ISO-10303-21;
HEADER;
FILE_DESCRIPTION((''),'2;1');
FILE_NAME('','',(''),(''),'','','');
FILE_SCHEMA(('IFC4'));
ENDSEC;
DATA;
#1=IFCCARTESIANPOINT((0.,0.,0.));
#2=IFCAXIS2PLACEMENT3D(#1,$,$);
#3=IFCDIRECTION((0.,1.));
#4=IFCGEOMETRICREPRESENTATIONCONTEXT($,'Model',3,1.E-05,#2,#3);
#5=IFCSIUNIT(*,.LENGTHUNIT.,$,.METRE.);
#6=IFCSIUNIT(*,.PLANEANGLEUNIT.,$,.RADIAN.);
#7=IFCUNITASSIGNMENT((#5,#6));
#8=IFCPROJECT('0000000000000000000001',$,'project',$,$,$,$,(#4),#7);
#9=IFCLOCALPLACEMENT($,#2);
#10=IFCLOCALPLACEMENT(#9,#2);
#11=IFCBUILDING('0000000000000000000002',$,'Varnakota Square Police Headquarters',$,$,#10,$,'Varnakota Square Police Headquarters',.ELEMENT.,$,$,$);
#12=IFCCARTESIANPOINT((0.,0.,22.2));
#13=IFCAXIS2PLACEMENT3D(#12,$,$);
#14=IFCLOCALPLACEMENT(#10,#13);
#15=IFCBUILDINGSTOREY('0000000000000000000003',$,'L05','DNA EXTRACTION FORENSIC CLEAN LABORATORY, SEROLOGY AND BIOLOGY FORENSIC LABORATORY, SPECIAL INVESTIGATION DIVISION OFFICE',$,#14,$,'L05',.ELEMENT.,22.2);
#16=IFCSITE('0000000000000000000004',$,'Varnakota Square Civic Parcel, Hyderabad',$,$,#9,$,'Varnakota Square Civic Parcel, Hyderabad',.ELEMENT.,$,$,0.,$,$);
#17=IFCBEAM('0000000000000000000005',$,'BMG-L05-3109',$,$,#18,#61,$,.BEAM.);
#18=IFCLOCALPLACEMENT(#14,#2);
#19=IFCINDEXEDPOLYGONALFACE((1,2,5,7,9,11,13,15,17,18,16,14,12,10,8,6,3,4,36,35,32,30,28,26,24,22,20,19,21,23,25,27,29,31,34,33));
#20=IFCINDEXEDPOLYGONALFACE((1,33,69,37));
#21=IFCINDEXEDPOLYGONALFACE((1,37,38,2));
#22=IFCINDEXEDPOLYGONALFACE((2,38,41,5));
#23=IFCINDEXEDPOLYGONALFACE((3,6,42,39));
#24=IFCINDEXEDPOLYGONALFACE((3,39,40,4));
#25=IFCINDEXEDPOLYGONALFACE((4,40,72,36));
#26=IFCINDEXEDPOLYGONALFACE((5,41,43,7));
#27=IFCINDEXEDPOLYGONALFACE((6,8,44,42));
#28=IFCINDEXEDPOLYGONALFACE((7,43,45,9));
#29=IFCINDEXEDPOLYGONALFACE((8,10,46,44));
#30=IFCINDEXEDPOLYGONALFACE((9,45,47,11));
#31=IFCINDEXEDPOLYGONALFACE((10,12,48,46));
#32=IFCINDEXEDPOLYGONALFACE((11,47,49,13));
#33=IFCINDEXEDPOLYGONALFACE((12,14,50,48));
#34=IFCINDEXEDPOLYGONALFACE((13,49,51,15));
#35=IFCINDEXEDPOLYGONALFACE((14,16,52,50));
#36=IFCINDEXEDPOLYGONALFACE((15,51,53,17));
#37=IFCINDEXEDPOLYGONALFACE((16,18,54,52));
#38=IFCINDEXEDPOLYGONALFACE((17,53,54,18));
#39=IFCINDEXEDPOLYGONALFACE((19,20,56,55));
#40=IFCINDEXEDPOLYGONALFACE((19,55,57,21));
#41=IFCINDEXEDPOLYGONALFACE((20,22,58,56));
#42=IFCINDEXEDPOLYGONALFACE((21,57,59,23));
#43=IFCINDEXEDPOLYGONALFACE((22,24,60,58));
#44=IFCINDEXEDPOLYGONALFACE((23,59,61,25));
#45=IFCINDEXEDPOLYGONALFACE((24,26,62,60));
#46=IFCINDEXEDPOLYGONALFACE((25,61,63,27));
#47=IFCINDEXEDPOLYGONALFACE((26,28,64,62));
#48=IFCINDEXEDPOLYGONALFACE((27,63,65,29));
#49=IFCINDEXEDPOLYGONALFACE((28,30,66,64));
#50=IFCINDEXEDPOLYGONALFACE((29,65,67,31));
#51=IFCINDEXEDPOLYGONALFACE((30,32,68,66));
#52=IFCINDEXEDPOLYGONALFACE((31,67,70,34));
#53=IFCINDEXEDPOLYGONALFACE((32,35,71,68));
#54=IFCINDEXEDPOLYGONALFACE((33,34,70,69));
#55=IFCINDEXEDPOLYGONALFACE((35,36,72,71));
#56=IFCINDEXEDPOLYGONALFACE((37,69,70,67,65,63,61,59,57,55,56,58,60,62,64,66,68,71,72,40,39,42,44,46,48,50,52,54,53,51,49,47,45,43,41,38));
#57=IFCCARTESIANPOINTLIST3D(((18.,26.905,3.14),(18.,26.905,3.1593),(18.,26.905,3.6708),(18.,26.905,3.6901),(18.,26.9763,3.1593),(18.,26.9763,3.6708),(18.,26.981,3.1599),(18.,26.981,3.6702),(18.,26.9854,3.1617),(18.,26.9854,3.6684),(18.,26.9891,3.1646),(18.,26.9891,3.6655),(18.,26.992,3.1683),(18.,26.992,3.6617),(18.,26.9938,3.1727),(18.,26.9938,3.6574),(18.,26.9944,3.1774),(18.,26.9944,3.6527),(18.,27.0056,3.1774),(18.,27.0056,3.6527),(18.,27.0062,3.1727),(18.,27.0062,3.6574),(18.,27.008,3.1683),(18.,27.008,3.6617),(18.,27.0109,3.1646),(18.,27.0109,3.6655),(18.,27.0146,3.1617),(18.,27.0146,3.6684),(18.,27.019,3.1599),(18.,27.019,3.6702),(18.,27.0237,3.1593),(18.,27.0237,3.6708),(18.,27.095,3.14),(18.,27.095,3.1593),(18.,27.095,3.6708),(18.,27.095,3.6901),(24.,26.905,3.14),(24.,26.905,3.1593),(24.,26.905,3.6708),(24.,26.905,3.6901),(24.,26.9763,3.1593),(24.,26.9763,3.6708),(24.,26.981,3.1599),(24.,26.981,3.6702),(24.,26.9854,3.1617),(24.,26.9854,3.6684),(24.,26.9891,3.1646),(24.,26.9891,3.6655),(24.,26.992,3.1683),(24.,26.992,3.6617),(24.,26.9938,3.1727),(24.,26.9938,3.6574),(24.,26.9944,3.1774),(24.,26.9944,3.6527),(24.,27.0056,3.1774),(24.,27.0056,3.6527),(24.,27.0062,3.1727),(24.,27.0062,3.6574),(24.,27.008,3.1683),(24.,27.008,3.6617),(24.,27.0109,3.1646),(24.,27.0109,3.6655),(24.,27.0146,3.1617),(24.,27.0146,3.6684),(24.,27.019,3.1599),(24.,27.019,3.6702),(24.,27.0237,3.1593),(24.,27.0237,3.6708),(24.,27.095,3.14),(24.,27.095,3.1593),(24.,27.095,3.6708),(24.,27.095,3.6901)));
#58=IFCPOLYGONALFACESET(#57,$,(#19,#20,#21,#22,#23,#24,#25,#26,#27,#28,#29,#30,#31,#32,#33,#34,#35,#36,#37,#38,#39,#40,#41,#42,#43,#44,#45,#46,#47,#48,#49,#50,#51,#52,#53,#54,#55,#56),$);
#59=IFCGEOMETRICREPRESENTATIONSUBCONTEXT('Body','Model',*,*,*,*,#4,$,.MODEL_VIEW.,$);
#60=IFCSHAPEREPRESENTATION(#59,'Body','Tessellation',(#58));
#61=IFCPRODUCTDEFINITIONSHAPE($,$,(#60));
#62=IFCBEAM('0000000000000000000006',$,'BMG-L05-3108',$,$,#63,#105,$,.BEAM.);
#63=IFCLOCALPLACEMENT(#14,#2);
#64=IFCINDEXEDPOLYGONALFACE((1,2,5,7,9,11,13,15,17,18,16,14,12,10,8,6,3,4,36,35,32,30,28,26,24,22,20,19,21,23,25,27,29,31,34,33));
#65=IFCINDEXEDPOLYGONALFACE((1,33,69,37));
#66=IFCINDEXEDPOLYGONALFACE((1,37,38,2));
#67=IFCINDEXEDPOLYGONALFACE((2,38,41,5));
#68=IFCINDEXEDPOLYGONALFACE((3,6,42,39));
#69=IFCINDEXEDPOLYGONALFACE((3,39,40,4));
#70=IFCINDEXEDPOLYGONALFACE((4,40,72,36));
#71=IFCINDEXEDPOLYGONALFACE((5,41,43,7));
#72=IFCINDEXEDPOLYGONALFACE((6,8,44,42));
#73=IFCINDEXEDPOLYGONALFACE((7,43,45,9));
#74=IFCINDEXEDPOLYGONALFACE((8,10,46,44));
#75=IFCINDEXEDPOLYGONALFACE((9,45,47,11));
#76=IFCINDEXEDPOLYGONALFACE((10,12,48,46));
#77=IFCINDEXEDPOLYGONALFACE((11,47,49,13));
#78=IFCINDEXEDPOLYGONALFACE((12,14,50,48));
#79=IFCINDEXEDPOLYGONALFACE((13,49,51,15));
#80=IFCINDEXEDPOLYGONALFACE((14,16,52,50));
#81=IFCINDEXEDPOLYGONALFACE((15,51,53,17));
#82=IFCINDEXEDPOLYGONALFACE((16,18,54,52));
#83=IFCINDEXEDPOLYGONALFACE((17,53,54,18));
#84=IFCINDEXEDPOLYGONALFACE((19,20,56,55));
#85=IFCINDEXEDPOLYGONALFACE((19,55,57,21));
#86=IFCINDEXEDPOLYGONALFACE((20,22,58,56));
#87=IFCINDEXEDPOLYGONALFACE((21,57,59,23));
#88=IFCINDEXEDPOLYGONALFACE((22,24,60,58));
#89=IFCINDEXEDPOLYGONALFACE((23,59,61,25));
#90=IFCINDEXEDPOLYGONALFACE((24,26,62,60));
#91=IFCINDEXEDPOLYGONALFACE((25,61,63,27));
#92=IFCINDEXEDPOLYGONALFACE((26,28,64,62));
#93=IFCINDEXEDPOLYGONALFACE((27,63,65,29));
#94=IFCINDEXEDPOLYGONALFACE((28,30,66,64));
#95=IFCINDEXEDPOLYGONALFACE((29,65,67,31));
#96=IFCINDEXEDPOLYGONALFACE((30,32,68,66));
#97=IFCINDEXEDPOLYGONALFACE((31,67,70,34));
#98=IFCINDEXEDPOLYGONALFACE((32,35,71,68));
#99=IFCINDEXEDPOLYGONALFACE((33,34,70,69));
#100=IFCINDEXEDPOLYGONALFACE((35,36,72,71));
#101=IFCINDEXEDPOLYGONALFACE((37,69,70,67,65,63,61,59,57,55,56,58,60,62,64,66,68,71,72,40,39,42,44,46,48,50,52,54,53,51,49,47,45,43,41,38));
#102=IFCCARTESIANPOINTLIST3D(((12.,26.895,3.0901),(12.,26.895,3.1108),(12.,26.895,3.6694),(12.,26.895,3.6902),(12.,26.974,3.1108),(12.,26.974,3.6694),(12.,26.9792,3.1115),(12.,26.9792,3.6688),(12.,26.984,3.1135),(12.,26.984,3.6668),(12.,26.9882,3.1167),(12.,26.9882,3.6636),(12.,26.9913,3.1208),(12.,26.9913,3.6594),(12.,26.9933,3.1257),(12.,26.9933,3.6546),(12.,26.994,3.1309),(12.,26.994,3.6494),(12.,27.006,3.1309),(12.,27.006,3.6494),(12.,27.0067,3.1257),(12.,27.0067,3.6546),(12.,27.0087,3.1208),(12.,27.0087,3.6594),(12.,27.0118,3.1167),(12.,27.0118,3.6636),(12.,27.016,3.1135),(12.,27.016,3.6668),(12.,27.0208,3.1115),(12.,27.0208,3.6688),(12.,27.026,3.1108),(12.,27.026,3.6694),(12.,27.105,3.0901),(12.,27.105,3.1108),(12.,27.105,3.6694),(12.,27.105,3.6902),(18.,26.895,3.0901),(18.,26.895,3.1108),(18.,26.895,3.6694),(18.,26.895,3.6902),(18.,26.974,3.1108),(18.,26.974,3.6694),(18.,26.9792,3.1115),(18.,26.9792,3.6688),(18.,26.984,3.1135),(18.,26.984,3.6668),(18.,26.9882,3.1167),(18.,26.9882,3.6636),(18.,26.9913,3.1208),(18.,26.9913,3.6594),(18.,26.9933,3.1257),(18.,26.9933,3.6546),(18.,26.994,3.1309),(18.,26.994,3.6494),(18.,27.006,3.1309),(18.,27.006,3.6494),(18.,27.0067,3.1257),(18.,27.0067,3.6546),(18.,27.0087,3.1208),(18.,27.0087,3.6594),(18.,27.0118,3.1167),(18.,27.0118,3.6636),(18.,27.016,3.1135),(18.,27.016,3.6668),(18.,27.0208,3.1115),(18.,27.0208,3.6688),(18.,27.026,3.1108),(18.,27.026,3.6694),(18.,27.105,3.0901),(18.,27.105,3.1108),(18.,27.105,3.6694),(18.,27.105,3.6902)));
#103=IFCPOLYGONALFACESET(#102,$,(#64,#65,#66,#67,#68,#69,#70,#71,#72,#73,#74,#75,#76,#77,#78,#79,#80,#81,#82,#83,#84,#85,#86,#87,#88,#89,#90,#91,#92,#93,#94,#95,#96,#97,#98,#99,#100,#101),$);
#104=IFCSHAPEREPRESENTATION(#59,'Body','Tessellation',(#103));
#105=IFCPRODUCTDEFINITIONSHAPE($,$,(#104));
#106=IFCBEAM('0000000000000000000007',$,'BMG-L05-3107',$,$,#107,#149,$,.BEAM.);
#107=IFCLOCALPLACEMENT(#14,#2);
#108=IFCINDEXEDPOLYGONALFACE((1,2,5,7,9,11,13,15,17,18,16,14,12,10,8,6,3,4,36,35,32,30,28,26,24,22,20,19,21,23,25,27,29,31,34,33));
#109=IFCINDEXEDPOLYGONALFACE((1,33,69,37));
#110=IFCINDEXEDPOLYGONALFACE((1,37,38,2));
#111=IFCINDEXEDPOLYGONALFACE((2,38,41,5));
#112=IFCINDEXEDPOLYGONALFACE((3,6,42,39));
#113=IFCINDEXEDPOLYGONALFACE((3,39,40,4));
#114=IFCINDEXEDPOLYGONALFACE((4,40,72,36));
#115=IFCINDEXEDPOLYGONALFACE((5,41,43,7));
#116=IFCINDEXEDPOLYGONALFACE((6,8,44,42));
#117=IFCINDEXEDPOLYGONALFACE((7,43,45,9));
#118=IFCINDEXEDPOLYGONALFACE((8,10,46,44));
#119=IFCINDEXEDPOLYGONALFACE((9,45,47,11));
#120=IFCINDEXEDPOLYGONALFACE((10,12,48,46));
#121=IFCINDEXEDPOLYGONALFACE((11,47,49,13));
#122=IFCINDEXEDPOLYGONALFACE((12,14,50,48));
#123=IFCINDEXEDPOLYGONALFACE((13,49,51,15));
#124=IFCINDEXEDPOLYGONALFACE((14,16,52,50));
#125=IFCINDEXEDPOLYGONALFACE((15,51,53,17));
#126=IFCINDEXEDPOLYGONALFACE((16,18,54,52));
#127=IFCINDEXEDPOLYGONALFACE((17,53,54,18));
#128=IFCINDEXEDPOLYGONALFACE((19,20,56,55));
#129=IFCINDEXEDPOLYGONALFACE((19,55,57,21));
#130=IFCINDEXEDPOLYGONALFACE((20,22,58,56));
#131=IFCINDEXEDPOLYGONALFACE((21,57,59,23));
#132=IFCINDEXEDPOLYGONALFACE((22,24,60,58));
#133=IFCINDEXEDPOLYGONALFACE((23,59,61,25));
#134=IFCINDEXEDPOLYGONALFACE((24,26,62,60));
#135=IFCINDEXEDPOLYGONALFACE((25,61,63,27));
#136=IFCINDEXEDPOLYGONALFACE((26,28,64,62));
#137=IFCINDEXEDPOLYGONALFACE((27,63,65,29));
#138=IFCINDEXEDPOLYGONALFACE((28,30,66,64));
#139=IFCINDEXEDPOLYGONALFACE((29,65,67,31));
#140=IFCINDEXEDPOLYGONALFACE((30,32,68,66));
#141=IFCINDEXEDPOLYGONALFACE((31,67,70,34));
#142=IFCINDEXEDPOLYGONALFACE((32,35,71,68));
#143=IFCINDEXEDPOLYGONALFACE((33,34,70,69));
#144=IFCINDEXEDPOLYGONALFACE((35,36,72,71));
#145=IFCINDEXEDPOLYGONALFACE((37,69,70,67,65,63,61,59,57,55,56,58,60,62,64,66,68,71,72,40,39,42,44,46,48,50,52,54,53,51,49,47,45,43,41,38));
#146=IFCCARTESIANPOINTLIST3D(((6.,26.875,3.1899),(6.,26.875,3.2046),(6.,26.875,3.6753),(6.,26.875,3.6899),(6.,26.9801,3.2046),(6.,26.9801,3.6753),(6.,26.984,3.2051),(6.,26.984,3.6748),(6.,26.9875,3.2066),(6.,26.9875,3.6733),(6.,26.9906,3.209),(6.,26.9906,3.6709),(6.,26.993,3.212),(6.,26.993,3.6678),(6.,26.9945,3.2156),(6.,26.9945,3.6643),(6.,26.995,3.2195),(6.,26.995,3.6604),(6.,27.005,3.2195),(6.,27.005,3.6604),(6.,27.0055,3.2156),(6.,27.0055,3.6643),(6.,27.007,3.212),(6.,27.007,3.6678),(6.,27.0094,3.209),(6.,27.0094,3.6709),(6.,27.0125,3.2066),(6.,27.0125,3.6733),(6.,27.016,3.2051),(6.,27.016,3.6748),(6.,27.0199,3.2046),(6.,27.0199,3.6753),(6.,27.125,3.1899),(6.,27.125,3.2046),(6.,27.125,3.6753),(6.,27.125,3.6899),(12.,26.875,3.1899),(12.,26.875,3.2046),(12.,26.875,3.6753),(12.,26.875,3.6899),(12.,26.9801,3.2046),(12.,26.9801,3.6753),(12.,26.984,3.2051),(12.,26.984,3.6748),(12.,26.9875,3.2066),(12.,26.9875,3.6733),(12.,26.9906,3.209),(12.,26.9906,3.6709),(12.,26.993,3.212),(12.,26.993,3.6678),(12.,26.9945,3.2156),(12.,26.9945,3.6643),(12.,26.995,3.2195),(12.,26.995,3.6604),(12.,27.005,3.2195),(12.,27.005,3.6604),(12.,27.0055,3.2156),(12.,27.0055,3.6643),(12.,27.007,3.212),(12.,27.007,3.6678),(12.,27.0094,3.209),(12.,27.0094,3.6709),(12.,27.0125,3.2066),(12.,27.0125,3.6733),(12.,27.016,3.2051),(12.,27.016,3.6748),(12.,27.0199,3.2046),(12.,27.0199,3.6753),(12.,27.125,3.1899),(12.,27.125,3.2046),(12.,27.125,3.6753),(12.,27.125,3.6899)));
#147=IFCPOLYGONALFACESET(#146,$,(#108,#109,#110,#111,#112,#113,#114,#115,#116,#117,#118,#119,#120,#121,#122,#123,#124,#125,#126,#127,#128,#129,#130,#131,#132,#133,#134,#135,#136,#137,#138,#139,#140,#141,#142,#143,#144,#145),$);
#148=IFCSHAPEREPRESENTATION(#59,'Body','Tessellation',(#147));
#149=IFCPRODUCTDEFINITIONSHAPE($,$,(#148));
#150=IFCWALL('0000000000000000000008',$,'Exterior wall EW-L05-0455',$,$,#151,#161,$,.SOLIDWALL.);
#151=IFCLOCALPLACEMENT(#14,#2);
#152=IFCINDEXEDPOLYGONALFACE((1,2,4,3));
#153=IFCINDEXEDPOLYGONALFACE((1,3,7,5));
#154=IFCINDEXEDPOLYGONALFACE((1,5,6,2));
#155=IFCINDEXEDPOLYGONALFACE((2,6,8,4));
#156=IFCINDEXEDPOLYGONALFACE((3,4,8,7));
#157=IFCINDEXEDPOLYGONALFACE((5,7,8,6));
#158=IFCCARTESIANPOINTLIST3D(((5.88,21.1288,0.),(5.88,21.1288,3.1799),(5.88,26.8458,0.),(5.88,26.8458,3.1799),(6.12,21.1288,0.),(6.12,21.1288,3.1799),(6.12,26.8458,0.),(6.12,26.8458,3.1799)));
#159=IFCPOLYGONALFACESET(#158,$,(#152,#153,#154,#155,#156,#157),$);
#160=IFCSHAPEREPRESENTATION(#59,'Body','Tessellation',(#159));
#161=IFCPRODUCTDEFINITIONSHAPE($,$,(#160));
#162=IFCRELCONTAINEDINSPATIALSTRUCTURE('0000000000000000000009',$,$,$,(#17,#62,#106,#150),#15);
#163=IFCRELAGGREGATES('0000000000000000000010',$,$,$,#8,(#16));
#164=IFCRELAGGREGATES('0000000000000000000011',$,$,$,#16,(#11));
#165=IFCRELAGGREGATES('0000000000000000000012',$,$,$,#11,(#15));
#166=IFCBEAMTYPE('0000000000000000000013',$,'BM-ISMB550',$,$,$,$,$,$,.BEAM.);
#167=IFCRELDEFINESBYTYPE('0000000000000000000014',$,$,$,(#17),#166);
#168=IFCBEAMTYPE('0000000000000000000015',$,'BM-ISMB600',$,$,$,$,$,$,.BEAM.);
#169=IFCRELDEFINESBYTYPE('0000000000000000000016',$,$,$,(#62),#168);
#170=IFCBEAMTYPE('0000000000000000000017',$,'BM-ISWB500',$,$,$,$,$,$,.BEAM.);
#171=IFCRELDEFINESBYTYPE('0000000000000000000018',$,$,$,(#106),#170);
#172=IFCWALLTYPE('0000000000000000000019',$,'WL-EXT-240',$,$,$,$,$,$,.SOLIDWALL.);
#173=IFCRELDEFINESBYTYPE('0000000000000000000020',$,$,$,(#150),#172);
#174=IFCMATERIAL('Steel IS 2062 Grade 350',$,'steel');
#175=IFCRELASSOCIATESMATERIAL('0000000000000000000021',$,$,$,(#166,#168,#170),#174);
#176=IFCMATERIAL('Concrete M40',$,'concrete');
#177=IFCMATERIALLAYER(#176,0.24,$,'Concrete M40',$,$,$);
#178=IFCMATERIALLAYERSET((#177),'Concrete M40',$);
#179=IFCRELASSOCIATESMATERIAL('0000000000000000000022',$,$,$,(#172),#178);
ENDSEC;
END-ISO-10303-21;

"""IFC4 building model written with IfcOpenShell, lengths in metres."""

from ifc_helpers import new_model, si_unit, direction, frame, frame_2d, origin, origin_2d, place, context, subcontext, project, spatial, rectangle, i_section, extrude, material, layer, layer_set, material_profile, profile_set, type_object, element, save


model = new_model("IFC4")

# Units and contexts
model_context = context("Model", 3, precision=1e-05, world=origin(), true_north=direction((0.0, 1.0)))
body_context = subcontext(model_context, "Body", "Model", "MODEL_VIEW")
ifc_project = project(units=[si_unit("LENGTHUNIT", "METRE"), si_unit("PLANEANGLEUNIT", "RADIAN")], contexts=[model_context])

# Site, building, storey
site_placement = place(None, origin())
site = spatial("IfcSite", under=ifc_project, at=site_placement, Name="Varnakota Square Civic Parcel, Hyderabad", LongName="Varnakota Square Civic Parcel, Hyderabad", CompositionType="ELEMENT", RefElevation=0.0)
building_placement = place(site_placement, origin())
building = spatial("IfcBuilding", under=site, at=building_placement, Name="Varnakota Square Police Headquarters", LongName="Varnakota Square Police Headquarters", CompositionType="ELEMENT")
storey_placement = place(building_placement, frame((0.0, 0.0, 22.2)))
storey = spatial("IfcBuildingStorey", under=building, at=storey_placement, Name="L05", Description="DNA EXTRACTION FORENSIC CLEAN LABORATORY, SEROLOGY AND BIOLOGY FORENSIC LABORATORY, SPECIAL INVESTIGATION DIVISION OFFICE", LongName="L05", CompositionType="ELEMENT", Elevation=22.2)

# Shared definitions
ifc_material_1 = material(Name="Steel IS 2062 Grade 350", Category="steel")

# Beams
ifc_material_profile_1 = material_profile(ifc_material_1, i_section(OverallWidth=0.1899, OverallDepth=0.55, WebThickness=0.0112, FlangeThickness=0.0193, FilletRadius=0.0181, at=origin_2d()), Name="ISMB 550")
ifc_profile_set_1 = profile_set([ifc_material_profile_1], Name="Steel IS 2062 Grade 350")
beam_type_1 = type_object("IfcBeamType", Name="BM-ISMB550", PredefinedType="BEAM", material=ifc_profile_set_1)
beam_1_placement = place(storey_placement, frame((18.0, 27.0, 3.415), z_axis=(1.0, 0.0, 0.0), x_axis=(0.0, 1.0, 0.0)))
element("IfcBeam", 1, at=beam_1_placement, inside=storey, type_object=beam_type_1, Name="BMG-L05-3109", PredefinedType="BEAM", context=body_context, shape_type="SweptSolid", body=[
    extrude(i_section(OverallWidth=0.1899, OverallDepth=0.55, WebThickness=0.0112, FlangeThickness=0.0193, FilletRadius=0.0181, at=origin_2d()), origin(), (0.0, 0.0, 1.0), 6.0),
])
ifc_material_profile_2 = material_profile(ifc_material_1, i_section(OverallWidth=0.21, OverallDepth=0.6001, WebThickness=0.012, FlangeThickness=0.0208, FilletRadius=0.02, at=origin_2d()), Name="ISMB 600")
ifc_profile_set_2 = profile_set([ifc_material_profile_2], Name="Steel IS 2062 Grade 350")
beam_type_2 = type_object("IfcBeamType", Name="BM-ISMB600", PredefinedType="BEAM", material=ifc_profile_set_2)
beam_2_placement = place(storey_placement, frame((12.0, 27.0, 3.3901), z_axis=(1.0, 0.0, 0.0), x_axis=(0.0, 1.0, 0.0)))
element("IfcBeam", 2, at=beam_2_placement, inside=storey, type_object=beam_type_2, Name="BMG-L05-3108", PredefinedType="BEAM", context=body_context, shape_type="SweptSolid", body=[
    extrude(i_section(OverallWidth=0.21, OverallDepth=0.6001, WebThickness=0.012, FlangeThickness=0.0208, FilletRadius=0.02, at=origin_2d()), origin(), (0.0, 0.0, 1.0), 6.0),
])
ifc_material_profile_3 = material_profile(ifc_material_1, i_section(OverallWidth=0.25, OverallDepth=0.5, WebThickness=0.01, FlangeThickness=0.0146, FilletRadius=0.0149, at=origin_2d()), Name="ISWB 500")
ifc_profile_set_3 = profile_set([ifc_material_profile_3], Name="Steel IS 2062 Grade 350")
beam_type_3 = type_object("IfcBeamType", Name="BM-ISWB500", PredefinedType="BEAM", material=ifc_profile_set_3)
beam_3_placement = place(storey_placement, frame((6.0, 27.0, 3.4399), z_axis=(1.0, 0.0, 0.0), x_axis=(0.0, 1.0, 0.0)))
element("IfcBeam", 3, at=beam_3_placement, inside=storey, type_object=beam_type_3, Name="BMG-L05-3107", PredefinedType="BEAM", context=body_context, shape_type="SweptSolid", body=[
    extrude(i_section(OverallWidth=0.25, OverallDepth=0.5, WebThickness=0.01, FlangeThickness=0.0146, FilletRadius=0.0149, at=origin_2d()), origin(), (0.0, 0.0, 1.0), 6.0),
])

# Wall
ifc_material_2 = material(Name="Concrete M40", Category="concrete")
ifc_layer_1 = layer(ifc_material_2, 0.24, Name="Concrete M40")
ifc_layer_set_1 = layer_set([ifc_layer_1], Name="Concrete M40")
wall_type_1 = type_object("IfcWallType", Name="WL-EXT-240", PredefinedType="SOLIDWALL", material=ifc_layer_set_1)
wall_1_placement = place(storey_placement, frame((6.0, 21.1289, 0.0), z_axis=(0.0, 0.0, 1.0), x_axis=(0.0, 1.0, 0.0)))
element("IfcWall", 4, at=wall_1_placement, inside=storey, type_object=wall_type_1, Name="Exterior wall EW-L05-0455", PredefinedType="SOLIDWALL", context=body_context, shape_type="SweptSolid", body=[
    extrude(rectangle(XDim=5.717, YDim=0.24, at=frame_2d((2.8584, 0.0))), origin(), (0.0, 0.0, 1.0), 3.1799),
])

save(model, "model.ifc")
